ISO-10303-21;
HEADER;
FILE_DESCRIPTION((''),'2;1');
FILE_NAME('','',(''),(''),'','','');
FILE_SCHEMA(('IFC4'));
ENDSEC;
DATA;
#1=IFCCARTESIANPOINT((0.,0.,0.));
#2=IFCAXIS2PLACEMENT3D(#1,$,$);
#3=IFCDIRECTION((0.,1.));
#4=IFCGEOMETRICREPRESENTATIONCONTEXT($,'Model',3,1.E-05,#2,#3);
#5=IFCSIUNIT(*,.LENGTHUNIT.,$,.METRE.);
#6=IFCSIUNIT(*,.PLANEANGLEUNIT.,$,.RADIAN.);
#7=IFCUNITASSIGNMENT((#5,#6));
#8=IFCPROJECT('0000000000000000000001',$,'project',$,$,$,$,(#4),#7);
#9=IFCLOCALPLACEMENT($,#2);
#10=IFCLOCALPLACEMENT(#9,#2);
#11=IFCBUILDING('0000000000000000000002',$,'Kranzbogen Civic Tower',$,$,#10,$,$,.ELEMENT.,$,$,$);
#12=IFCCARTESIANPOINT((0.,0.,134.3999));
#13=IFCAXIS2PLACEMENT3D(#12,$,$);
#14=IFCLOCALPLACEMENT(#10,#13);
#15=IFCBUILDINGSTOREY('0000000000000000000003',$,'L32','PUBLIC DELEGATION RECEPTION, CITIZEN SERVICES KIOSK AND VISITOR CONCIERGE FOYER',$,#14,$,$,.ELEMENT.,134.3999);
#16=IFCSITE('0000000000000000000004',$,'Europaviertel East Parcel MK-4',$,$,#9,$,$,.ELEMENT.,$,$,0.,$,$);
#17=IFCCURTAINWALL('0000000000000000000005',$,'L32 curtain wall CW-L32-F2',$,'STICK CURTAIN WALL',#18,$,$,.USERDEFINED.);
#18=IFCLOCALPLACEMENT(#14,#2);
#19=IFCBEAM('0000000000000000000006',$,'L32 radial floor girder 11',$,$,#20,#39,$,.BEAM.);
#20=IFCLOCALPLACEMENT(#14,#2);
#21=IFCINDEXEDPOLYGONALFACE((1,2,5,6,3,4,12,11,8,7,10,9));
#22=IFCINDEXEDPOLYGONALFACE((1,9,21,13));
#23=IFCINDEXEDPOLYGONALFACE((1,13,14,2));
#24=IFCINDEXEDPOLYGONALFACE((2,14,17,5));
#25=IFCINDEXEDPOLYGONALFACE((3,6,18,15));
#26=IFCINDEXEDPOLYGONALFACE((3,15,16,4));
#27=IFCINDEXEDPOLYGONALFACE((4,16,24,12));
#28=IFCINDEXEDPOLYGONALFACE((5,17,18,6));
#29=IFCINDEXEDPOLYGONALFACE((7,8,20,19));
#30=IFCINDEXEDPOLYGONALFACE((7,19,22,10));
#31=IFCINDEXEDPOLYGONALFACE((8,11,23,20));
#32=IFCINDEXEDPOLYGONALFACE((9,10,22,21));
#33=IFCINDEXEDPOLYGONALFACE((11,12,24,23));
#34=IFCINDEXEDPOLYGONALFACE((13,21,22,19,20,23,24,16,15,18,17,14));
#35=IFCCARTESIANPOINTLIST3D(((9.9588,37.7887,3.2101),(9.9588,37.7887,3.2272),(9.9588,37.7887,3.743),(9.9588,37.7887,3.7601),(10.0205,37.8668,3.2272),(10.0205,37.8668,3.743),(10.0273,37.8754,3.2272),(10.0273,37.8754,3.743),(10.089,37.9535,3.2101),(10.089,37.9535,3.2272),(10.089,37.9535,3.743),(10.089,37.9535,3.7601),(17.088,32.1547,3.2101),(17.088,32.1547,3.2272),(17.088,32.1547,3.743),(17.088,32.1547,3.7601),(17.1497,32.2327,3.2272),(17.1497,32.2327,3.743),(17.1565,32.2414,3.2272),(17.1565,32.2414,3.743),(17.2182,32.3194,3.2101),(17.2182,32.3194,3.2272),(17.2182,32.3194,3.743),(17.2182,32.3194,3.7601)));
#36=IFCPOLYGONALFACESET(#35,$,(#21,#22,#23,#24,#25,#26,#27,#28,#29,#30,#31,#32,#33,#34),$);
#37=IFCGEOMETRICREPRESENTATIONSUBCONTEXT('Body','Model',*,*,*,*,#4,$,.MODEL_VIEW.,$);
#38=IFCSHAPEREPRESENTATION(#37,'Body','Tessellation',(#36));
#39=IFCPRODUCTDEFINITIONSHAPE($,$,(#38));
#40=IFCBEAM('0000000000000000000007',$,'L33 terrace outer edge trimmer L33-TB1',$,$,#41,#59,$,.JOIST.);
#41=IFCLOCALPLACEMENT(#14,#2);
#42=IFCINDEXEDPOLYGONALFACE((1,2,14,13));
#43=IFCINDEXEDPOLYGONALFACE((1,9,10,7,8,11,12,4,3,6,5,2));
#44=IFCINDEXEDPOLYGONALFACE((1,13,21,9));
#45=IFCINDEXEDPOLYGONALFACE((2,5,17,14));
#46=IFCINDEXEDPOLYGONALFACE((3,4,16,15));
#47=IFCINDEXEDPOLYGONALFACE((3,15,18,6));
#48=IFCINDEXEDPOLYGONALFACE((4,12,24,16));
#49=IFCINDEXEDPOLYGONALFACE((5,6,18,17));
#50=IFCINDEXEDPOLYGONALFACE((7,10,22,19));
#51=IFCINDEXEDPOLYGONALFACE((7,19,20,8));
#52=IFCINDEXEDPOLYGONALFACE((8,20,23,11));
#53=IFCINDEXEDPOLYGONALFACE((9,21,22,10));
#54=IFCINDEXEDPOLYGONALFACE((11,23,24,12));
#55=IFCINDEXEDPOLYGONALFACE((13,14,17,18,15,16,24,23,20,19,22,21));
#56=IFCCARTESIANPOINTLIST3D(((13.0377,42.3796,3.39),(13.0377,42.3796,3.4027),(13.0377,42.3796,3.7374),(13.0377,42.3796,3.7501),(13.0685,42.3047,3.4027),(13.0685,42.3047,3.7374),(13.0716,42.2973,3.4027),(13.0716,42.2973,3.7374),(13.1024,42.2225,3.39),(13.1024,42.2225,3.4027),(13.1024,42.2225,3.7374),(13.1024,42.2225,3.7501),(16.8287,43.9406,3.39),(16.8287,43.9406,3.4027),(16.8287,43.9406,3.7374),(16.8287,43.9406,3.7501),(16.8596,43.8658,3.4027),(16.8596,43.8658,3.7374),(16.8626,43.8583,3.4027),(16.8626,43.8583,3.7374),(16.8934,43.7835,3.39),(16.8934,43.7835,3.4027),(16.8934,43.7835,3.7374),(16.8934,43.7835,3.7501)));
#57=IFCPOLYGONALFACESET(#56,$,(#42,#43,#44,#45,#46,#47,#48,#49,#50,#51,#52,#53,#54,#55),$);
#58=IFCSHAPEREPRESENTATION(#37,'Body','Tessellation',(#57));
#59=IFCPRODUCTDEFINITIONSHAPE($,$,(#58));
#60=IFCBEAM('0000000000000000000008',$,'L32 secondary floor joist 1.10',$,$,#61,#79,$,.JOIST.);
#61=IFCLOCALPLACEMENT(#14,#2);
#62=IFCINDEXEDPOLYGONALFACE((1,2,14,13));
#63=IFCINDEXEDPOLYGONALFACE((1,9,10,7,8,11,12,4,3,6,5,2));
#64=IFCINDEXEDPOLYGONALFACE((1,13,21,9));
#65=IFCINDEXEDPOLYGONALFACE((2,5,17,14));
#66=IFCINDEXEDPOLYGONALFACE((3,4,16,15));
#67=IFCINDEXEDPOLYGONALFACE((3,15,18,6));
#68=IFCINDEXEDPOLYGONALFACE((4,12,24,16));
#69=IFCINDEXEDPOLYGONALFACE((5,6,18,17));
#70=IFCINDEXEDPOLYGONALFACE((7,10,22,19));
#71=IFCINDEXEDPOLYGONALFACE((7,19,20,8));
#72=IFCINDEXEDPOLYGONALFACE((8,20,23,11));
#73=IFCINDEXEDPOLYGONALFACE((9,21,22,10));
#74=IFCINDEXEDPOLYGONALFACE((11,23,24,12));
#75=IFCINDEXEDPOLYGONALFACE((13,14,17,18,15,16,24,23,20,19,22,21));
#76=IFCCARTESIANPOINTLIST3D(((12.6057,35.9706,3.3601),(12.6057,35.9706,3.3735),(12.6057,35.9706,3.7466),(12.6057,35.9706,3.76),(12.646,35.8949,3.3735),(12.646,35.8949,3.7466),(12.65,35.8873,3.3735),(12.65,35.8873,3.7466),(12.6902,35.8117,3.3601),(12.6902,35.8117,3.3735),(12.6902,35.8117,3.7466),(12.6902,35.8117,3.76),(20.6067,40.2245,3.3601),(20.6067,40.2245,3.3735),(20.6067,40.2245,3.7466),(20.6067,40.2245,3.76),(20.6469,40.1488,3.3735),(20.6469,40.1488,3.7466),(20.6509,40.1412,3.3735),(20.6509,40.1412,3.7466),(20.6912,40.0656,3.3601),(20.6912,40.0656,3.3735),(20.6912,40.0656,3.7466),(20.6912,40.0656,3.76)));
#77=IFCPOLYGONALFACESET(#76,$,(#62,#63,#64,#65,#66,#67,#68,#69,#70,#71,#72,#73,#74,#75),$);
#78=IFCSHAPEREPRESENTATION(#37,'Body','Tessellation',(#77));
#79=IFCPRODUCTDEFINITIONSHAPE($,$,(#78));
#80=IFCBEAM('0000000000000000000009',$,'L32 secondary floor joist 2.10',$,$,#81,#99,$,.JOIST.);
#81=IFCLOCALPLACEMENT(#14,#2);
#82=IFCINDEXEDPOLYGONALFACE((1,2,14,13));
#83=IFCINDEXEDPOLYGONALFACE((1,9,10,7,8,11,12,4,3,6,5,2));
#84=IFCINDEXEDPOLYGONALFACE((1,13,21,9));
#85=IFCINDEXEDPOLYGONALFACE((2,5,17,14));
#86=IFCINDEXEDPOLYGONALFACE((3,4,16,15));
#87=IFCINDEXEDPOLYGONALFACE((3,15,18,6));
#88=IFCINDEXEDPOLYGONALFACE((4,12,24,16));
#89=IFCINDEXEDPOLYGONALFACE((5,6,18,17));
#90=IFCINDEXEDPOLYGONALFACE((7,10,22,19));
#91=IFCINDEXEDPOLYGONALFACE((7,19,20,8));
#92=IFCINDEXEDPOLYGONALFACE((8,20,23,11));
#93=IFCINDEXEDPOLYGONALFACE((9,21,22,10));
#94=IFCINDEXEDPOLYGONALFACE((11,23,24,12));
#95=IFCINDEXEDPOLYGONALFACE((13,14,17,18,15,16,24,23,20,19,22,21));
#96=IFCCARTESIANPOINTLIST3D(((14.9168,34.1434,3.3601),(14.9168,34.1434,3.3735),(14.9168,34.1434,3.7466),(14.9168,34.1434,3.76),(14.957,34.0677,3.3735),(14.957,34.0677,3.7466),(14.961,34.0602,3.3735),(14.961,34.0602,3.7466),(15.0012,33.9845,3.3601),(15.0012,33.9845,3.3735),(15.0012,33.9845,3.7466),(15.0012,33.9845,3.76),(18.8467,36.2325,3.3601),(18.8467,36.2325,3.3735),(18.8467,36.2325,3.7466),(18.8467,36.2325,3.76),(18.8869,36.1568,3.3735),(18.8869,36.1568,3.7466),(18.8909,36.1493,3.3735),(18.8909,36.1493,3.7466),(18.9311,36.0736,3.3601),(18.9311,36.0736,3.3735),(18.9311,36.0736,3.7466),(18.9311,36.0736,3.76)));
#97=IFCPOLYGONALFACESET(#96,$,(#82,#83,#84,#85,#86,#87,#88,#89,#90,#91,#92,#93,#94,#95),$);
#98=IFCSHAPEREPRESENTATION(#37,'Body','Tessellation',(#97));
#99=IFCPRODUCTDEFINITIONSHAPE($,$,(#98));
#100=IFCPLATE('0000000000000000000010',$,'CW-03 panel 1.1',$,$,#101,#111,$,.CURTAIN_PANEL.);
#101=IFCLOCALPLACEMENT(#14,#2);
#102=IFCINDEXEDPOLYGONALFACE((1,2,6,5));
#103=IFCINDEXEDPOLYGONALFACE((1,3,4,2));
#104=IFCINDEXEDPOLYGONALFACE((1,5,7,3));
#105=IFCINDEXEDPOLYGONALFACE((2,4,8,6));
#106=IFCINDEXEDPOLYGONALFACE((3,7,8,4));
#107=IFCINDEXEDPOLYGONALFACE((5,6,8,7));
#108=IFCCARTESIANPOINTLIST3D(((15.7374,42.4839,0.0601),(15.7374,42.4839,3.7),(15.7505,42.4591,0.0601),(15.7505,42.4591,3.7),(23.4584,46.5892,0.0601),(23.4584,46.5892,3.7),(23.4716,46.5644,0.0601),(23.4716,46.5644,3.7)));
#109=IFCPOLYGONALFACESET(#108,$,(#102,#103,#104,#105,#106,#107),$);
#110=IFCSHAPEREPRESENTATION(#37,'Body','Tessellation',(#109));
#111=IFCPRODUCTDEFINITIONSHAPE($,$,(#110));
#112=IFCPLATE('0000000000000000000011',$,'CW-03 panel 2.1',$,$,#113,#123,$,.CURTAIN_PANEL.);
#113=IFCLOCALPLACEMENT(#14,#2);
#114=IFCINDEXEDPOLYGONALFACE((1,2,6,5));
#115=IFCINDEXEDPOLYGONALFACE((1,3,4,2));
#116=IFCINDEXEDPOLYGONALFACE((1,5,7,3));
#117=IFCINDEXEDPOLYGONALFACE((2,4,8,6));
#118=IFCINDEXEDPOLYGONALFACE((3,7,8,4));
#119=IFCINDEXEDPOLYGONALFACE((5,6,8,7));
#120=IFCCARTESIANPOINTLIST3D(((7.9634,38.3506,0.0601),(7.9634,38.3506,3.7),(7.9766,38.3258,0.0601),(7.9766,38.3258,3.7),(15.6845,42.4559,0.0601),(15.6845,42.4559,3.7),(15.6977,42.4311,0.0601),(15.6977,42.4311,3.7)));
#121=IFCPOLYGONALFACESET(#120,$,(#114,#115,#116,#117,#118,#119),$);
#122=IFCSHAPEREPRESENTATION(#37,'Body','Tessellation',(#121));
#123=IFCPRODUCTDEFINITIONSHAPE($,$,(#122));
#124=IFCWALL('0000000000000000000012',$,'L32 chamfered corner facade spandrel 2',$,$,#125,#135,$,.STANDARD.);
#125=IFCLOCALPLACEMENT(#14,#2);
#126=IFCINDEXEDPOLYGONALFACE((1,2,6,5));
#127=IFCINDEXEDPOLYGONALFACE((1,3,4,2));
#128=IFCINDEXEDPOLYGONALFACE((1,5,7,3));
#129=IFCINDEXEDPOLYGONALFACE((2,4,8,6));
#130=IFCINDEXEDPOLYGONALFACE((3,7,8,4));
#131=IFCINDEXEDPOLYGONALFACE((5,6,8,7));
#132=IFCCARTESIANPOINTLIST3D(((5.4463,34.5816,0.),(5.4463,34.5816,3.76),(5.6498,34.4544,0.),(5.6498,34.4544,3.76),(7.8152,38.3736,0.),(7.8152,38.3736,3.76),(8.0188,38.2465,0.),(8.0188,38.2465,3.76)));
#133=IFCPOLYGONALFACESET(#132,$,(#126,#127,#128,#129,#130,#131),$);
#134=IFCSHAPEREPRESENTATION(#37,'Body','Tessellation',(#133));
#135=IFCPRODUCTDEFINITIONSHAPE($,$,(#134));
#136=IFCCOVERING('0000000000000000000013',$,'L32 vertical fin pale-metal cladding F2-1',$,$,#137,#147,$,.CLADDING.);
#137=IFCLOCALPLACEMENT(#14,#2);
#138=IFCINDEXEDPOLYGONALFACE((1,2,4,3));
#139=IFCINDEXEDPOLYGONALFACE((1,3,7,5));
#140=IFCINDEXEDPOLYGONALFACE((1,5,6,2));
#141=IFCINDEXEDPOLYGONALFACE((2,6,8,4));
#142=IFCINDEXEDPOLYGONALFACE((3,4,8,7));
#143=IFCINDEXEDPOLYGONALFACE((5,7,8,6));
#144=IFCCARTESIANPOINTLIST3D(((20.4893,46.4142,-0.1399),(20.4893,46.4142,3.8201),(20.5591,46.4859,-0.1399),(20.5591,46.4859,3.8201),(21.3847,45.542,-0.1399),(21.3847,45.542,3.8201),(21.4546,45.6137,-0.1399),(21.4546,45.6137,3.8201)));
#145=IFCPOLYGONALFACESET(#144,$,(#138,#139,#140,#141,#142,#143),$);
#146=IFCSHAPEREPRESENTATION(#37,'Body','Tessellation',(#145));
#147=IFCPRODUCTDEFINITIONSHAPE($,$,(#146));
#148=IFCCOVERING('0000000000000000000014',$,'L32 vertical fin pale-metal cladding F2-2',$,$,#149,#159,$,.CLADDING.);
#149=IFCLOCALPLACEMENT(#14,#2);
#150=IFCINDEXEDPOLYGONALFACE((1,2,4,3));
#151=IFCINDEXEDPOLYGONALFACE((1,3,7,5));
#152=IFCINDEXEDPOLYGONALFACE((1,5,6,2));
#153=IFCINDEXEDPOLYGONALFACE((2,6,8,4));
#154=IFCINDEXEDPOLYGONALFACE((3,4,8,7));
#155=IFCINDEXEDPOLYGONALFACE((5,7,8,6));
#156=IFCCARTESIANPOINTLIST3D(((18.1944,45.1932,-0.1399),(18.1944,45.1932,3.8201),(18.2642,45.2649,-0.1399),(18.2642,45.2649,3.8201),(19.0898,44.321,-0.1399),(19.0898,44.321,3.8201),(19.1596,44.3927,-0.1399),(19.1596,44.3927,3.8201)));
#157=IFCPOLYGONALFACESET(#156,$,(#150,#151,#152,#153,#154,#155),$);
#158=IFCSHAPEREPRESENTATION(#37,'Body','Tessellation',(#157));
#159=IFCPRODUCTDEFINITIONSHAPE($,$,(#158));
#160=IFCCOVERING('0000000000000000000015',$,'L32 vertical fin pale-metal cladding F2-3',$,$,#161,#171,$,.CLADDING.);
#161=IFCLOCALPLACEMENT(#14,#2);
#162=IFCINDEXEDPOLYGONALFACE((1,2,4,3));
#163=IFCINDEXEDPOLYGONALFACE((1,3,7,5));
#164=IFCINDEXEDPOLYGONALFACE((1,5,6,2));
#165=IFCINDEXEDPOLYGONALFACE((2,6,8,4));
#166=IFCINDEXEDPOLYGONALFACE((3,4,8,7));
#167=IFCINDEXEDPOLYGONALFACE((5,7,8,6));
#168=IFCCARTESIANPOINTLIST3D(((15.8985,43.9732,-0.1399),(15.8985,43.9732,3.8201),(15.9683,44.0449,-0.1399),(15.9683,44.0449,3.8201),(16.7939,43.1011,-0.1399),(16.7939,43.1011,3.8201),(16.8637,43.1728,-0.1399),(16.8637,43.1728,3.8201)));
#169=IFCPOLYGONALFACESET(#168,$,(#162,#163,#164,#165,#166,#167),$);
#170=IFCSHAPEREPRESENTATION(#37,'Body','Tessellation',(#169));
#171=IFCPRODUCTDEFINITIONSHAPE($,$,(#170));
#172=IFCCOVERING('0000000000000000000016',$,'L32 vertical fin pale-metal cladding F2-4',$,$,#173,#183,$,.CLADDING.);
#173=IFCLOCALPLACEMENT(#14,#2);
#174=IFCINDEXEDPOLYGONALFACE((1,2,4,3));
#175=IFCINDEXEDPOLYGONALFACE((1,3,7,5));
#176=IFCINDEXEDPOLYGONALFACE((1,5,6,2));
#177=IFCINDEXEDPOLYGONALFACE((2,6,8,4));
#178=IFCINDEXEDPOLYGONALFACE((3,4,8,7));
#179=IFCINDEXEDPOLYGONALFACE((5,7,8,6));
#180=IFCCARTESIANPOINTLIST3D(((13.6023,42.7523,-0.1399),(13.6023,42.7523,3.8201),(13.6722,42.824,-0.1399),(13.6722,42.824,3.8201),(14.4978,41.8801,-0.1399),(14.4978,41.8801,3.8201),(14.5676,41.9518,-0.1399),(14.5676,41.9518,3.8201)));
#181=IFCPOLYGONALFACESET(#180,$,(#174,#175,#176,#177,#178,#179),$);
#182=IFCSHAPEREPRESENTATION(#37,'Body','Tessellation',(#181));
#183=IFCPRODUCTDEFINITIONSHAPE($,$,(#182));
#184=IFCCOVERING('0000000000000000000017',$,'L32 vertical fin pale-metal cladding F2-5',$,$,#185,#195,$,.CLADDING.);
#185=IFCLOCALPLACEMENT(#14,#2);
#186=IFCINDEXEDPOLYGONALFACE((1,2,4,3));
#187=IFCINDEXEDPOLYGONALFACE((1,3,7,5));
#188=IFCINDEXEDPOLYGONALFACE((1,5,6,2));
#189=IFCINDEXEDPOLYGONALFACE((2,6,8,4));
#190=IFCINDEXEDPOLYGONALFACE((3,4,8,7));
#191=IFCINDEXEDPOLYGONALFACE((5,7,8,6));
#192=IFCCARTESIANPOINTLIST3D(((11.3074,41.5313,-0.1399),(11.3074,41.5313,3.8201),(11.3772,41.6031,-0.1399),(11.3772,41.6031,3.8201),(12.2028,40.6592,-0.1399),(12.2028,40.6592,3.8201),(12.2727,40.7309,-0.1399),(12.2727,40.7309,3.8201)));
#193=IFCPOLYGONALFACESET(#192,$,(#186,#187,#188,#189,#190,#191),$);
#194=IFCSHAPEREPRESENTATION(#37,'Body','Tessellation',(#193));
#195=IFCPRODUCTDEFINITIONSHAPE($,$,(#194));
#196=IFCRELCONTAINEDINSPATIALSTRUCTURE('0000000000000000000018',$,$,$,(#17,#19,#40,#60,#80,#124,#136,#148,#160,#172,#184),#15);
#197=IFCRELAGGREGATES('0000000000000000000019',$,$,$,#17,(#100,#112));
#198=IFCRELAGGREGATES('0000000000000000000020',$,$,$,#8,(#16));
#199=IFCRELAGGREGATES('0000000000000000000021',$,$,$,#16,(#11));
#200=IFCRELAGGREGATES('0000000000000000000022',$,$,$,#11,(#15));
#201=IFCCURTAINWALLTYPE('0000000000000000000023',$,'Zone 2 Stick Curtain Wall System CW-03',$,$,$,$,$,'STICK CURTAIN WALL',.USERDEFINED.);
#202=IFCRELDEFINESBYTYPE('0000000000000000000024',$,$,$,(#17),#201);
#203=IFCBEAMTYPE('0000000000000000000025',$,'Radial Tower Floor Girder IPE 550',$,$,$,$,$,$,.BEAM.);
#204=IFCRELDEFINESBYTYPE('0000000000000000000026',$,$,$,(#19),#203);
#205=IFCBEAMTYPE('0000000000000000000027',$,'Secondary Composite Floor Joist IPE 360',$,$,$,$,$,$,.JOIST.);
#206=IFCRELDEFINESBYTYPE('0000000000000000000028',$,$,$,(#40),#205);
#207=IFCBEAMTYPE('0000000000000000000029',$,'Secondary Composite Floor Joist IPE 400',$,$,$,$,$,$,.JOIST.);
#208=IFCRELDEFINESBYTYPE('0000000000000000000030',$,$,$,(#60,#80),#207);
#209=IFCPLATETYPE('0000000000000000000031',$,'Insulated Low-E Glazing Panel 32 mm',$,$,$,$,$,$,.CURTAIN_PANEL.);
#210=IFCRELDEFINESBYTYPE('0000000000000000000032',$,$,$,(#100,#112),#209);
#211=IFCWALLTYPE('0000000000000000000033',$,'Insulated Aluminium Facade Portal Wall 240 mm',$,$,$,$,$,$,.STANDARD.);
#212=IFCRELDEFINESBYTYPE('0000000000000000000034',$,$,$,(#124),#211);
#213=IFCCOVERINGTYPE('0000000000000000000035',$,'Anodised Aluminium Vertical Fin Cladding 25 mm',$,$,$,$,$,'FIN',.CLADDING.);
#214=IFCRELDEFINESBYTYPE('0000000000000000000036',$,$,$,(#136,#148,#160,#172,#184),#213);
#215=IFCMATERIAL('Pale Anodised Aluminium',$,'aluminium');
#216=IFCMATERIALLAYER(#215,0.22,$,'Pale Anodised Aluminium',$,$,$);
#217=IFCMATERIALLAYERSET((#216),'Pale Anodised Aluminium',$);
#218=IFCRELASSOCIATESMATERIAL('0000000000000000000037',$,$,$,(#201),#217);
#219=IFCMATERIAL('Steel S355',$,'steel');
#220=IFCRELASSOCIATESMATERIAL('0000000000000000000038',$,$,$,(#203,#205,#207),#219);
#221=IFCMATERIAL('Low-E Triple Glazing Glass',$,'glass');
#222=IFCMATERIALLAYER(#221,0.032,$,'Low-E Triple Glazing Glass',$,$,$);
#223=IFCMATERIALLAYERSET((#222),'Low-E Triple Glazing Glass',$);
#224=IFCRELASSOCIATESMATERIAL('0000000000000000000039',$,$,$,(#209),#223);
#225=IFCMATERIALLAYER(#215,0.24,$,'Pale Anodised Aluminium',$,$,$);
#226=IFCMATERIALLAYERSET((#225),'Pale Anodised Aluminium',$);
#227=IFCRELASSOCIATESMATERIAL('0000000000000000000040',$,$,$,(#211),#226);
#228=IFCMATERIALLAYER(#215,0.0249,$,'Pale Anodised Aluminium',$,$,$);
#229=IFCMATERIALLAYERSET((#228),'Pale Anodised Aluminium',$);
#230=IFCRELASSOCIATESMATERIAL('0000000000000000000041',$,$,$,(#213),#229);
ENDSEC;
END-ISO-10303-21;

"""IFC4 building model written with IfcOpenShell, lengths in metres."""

from ifc_helpers import new_model, si_unit, direction, frame, frame_2d, origin, origin_2d, place, context, subcontext, project, spatial, rectangle, i_section, extrude, material, layer, layer_set, material_profile, profile_set, type_object, element, aggregate, save


model = new_model("IFC4")

# Units and contexts
model_context = context("Model", 3, precision=1e-05, world=origin(), true_north=direction((0.0, 1.0)))
body_context = subcontext(model_context, "Body", "Model", "MODEL_VIEW")
ifc_project = project(units=[si_unit("LENGTHUNIT", "METRE"), si_unit("PLANEANGLEUNIT", "RADIAN")], contexts=[model_context])

# Site, building, storey
site_placement = place(None, origin())
site = spatial("IfcSite", under=ifc_project, at=site_placement, Name="Europaviertel East Parcel MK-4", CompositionType="ELEMENT", RefElevation=0.0)
building_placement = place(site_placement, origin())
building = spatial("IfcBuilding", under=site, at=building_placement, Name="Kranzbogen Civic Tower", CompositionType="ELEMENT")
storey_placement = place(building_placement, frame((0.0, 0.0, 134.3999)))
storey = spatial("IfcBuildingStorey", under=building, at=storey_placement, Name="L32", Description="PUBLIC DELEGATION RECEPTION, CITIZEN SERVICES KIOSK AND VISITOR CONCIERGE FOYER", CompositionType="ELEMENT", Elevation=134.3999)

# Shared definitions
ifc_material_1 = material(Name="Steel S355", Category="steel")

# Curtain wall
ifc_material_2 = material(Name="Pale Anodised Aluminium", Category="aluminium")
ifc_layer_1 = layer(ifc_material_2, 0.22, Name="Pale Anodised Aluminium")
ifc_layer_set_1 = layer_set([ifc_layer_1], Name="Pale Anodised Aluminium")
curtain_wall_type = type_object("IfcCurtainWallType", Name="Zone 2 Stick Curtain Wall System CW-03", ElementType="STICK CURTAIN WALL", PredefinedType="USERDEFINED", material=ifc_layer_set_1)
curtain_wall_placement = place(storey_placement, origin())
curtain_wall = element("IfcCurtainWall", 1, at=curtain_wall_placement, inside=storey, type_object=curtain_wall_type, Name="L32 curtain wall CW-L32-F2", ObjectType="STICK CURTAIN WALL", PredefinedType="USERDEFINED")

# Beams
ifc_material_profile_1 = material_profile(ifc_material_1, i_section(OverallWidth=0.21, OverallDepth=0.55, WebThickness=0.011, FlangeThickness=0.0171, at=origin_2d()), Name="IPE 550")
ifc_profile_set_1 = profile_set([ifc_material_profile_1], Name="Steel S355")
beam_type_1 = type_object("IfcBeamType", Name="Radial Tower Floor Girder IPE 550", PredefinedType="BEAM", material=ifc_profile_set_1)
beam_1_placement = place(storey_placement, frame((10.0239, 37.8711, 3.4851), z_axis=(0.784575, -0.620034, 0.0), x_axis=(0.620034, 0.784575, 0.0)))
element("IfcBeam", 2, at=beam_1_placement, inside=storey, type_object=beam_type_1, Name="L32 radial floor girder 11", PredefinedType="BEAM", context=body_context, shape_type="SweptSolid", body=[
    extrude(i_section(OverallWidth=0.21, OverallDepth=0.55, WebThickness=0.011, FlangeThickness=0.0171, at=origin_2d()), origin(), (0.0, 0.0, 1.0), 9.0867),
])
ifc_material_profile_2 = material_profile(ifc_material_1, i_section(OverallWidth=0.1699, OverallDepth=0.3601, WebThickness=0.0081, FlangeThickness=0.0127, at=origin_2d()), Name="IPE 360")
ifc_profile_set_2 = profile_set([ifc_material_profile_2], Name="Steel S355")
beam_type_2 = type_object("IfcBeamType", Name="Secondary Composite Floor Joist IPE 360", PredefinedType="JOIST", material=ifc_profile_set_2)
beam_2_placement = place(storey_placement, frame((16.8611, 43.8621, 3.5701), z_axis=(-0.924676, -0.380756, 0.0), x_axis=(0.380756, -0.924676, 0.0)))
element("IfcBeam", 3, at=beam_2_placement, inside=storey, type_object=beam_type_2, Name="L33 terrace outer edge trimmer L33-TB1", PredefinedType="JOIST", context=body_context, shape_type="SweptSolid", body=[
    extrude(i_section(OverallWidth=0.1699, OverallDepth=0.3601, WebThickness=0.0081, FlangeThickness=0.0127, at=origin_2d()), origin(), (0.0, 0.0, 1.0), 4.0999),
])
ifc_material_profile_3 = material_profile(ifc_material_1, i_section(OverallWidth=0.1799, OverallDepth=0.3999, WebThickness=0.0085, FlangeThickness=0.0134, at=origin_2d()), Name="IPE 400")
ifc_profile_set_3 = profile_set([ifc_material_profile_3], Name="Steel S355")
beam_type_3 = type_object("IfcBeamType", Name="Secondary Composite Floor Joist IPE 400", PredefinedType="JOIST", material=ifc_profile_set_3)
beam_3_placement = place(storey_placement, frame((20.6489, 40.145, 3.5601), z_axis=(-0.882961, -0.469447, 0.0), x_axis=(0.469447, -0.882961, 0.0)))
element("IfcBeam", 4, at=beam_3_placement, inside=storey, type_object=beam_type_3, Name="L32 secondary floor joist 1.10", PredefinedType="JOIST", context=body_context, shape_type="SweptSolid", body=[
    extrude(i_section(OverallWidth=0.1799, OverallDepth=0.3999, WebThickness=0.0085, FlangeThickness=0.0134, at=origin_2d()), origin(), (0.0, 0.0, 1.0), 9.0615),
])
beam_4_placement = place(storey_placement, frame((18.8889, 36.1531, 3.5601), z_axis=(-0.882991, -0.469389, 0.0), x_axis=(0.469389, -0.882991, 0.0)))
element("IfcBeam", 5, at=beam_4_placement, inside=storey, type_object=beam_type_3, Name="L32 secondary floor joist 2.10", PredefinedType="JOIST", context=body_context, shape_type="SweptSolid", body=[
    extrude(i_section(OverallWidth=0.1799, OverallDepth=0.3999, WebThickness=0.0085, FlangeThickness=0.0134, at=origin_2d()), origin(), (0.0, 0.0, 1.0), 4.4507),
])

# Plates
ifc_material_3 = material(Name="Low-E Triple Glazing Glass", Category="glass")
ifc_layer_2 = layer(ifc_material_3, 0.032, Name="Low-E Triple Glazing Glass")
ifc_layer_set_2 = layer_set([ifc_layer_2], Name="Low-E Triple Glazing Glass")
plate_type = type_object("IfcPlateType", Name="Insulated Low-E Glazing Panel 32 mm", PredefinedType="CURTAIN_PANEL", material=ifc_layer_set_2)
plate_1_placement = place(storey_placement, frame((19.6045, 44.5242, 0.0601), z_axis=(0.0, 0.0, 1.0), x_axis=(-0.882952, -0.469463, 0.0)))
plate_1 = element("IfcPlate", 6, at=plate_1_placement, type_object=plate_type, Name="CW-03 panel 1.1", PredefinedType="CURTAIN_PANEL", context=body_context, shape_type="SweptSolid", body=[
    extrude(rectangle(XDim=8.7446, YDim=0.0281, at=origin_2d()), origin(), (0.0, 0.0, 1.0), 3.6399),
])
plate_2_placement = place(storey_placement, frame((11.8306, 40.3909, 0.0601), z_axis=(0.0, 0.0, 1.0), x_axis=(-0.882952, -0.469463, 0.0)))
plate_2 = element("IfcPlate", 7, at=plate_2_placement, type_object=plate_type, Name="CW-03 panel 2.1", PredefinedType="CURTAIN_PANEL", context=body_context, shape_type="SweptSolid", body=[
    extrude(rectangle(XDim=8.7446, YDim=0.0281, at=origin_2d()), origin(), (0.0, 0.0, 1.0), 3.6399),
])
aggregate(curtain_wall, [plate_1, plate_2])

# Wall
ifc_layer_3 = layer(ifc_material_2, 0.24, Name="Pale Anodised Aluminium")
ifc_layer_set_3 = layer_set([ifc_layer_3], Name="Pale Anodised Aluminium")
wall_type = type_object("IfcWallType", Name="Insulated Aluminium Facade Portal Wall 240 mm", PredefinedType="STANDARD", material=ifc_layer_set_3)
wall_placement = place(storey_placement, frame((7.917, 38.3101, 0.0), z_axis=(0.0, 0.0, 1.0), x_axis=(-0.529822, -0.848109, 0.0)))
element("IfcWall", 8, at=wall_placement, inside=storey, type_object=wall_type, Name="L32 chamfered corner facade spandrel 2", PredefinedType="STANDARD", context=body_context, shape_type="SweptSolid", body=[
    extrude(rectangle(XDim=4.4712, YDim=0.24, at=frame_2d((2.2356, 0.0))), origin(), (0.0, 0.0, 1.0), 3.76),
])

# Coverings
ifc_layer_4 = layer(ifc_material_2, 0.0249, Name="Pale Anodised Aluminium")
ifc_layer_set_4 = layer_set([ifc_layer_4], Name="Pale Anodised Aluminium")
covering_type = type_object("IfcCoveringType", Name="Anodised Aluminium Vertical Fin Cladding 25 mm", ElementType="FIN", PredefinedType="CLADDING", material=ifc_layer_set_4)
for number, where, z_axis, x_axis, name in (
    (9, (20.9719, 46.0139, -0.1399), (0.0, 0.0, 1.0), (-0.716338, 0.697753, 0.0), "L32 vertical fin pale-metal cladding F2-1"),
    (10, (18.677, 44.793, -0.1399), (0.0, 0.0, 1.0), (-0.716338, 0.697753, 0.0), "L32 vertical fin pale-metal cladding F2-2"),
    (11, (16.3811, 43.573, -0.1399), (0.0, 0.0, 1.0), (-0.716338, 0.697753, 0.0), "L32 vertical fin pale-metal cladding F2-3"),
    (12, (14.085, 42.3521, -0.1399), (0.0, 0.0, 1.0), (-0.716338, 0.697753, 0.0), "L32 vertical fin pale-metal cladding F2-4"),
    (13, (11.79, 41.1311, -0.1399), (0.0, 0.0, 1.0), (-0.716338, 0.697753, 0.0), "L32 vertical fin pale-metal cladding F2-5"),
):
    element("IfcCovering", number, at=place(storey_placement, frame(where, z_axis=z_axis, x_axis=x_axis)), inside=storey, type_object=covering_type, Name=name, PredefinedType="CLADDING", context=body_context, shape_type="SweptSolid", body=[
        extrude(rectangle(XDim=1.25, YDim=0.1001, at=origin_2d()), origin(), (0.0, 0.0, 1.0), 3.96),
    ])

save(model, "model.ifc")
